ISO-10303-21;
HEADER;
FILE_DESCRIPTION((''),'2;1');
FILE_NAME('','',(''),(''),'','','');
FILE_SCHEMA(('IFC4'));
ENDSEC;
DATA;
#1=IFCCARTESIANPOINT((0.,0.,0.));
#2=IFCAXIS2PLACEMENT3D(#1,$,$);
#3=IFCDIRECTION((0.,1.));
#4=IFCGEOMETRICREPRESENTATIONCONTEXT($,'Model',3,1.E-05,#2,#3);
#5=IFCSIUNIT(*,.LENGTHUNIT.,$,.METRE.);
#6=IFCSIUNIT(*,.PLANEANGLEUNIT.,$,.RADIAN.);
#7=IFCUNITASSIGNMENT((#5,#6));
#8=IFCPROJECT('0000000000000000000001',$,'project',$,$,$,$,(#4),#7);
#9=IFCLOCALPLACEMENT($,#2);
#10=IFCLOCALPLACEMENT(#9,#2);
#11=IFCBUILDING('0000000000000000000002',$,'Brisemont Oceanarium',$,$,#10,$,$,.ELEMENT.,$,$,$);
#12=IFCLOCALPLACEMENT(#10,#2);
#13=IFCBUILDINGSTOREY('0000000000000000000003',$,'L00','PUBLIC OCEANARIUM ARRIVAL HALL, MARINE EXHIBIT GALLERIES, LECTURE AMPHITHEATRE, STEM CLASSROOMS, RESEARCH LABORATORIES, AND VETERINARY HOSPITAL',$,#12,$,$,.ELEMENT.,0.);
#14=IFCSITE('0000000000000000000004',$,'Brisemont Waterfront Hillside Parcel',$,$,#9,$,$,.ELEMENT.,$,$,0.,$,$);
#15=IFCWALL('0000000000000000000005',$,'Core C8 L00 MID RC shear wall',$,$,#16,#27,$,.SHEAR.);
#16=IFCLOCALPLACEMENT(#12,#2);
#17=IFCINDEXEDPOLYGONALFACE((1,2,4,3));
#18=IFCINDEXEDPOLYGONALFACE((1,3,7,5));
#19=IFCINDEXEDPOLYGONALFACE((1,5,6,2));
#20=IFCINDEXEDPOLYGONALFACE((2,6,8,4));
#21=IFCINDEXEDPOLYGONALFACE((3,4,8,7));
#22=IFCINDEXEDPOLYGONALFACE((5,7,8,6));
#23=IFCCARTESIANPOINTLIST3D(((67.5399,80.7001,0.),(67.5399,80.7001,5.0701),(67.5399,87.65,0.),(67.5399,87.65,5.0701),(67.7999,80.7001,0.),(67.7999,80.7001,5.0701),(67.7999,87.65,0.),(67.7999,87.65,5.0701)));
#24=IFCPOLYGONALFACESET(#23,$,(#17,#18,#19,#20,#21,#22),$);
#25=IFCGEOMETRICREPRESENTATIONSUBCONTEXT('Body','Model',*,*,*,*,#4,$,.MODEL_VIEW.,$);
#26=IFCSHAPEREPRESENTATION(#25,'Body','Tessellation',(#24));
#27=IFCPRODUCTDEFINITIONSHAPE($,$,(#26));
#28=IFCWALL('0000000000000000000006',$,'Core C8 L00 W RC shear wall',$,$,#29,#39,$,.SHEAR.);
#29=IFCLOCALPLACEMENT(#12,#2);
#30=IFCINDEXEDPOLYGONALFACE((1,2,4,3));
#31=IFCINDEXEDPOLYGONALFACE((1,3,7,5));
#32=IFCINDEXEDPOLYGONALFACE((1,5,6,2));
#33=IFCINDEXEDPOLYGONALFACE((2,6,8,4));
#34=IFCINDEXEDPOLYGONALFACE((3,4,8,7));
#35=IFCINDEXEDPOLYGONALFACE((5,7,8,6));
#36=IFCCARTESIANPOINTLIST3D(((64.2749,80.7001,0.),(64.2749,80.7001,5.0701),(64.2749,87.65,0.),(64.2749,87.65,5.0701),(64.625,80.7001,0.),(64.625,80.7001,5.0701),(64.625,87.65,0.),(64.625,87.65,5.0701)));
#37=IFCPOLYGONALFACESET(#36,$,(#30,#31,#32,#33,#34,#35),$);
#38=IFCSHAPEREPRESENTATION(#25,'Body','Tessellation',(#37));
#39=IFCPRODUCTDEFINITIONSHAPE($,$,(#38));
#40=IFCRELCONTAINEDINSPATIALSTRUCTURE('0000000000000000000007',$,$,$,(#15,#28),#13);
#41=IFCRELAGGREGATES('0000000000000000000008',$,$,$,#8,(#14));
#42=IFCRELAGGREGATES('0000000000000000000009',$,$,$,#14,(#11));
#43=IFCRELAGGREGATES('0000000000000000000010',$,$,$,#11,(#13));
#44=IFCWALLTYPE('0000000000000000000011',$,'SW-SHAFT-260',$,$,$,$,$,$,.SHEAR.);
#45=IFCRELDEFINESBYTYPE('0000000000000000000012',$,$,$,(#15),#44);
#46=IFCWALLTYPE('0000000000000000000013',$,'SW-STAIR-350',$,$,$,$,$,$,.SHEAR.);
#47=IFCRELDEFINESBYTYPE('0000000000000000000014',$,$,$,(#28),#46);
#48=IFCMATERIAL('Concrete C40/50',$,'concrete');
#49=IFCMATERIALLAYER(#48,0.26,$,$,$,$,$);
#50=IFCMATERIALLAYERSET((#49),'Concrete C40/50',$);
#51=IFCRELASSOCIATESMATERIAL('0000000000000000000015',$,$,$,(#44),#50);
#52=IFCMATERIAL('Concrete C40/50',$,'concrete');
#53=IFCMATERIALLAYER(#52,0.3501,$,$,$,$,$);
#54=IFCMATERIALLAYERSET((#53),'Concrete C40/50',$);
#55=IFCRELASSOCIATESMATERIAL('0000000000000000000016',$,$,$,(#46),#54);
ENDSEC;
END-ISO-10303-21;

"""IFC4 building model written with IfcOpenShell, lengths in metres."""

from ifc_helpers import new_model, si_unit, direction, frame, frame_2d, origin, place, context, subcontext, project, spatial, rectangle, extrude, material, layer, layer_set, type_object, element, save


model = new_model("IFC4")

# Units and contexts
model_context = context("Model", 3, precision=1e-05, world=origin(), true_north=direction((0.0, 1.0)))
body_context = subcontext(model_context, "Body", "Model", "MODEL_VIEW")
ifc_project = project(units=[si_unit("LENGTHUNIT", "METRE"), si_unit("PLANEANGLEUNIT", "RADIAN")], contexts=[model_context])

# Site, building, storey
site_placement = place(None, origin())
site = spatial("IfcSite", under=ifc_project, at=site_placement, Name="Brisemont Waterfront Hillside Parcel", CompositionType="ELEMENT", RefElevation=0.0)
building_placement = place(site_placement, origin())
building = spatial("IfcBuilding", under=site, at=building_placement, Name="Brisemont Oceanarium", CompositionType="ELEMENT")
storey_placement = place(building_placement, origin())
storey = spatial("IfcBuildingStorey", under=building, at=storey_placement, Name="L00", Description="PUBLIC OCEANARIUM ARRIVAL HALL, MARINE EXHIBIT GALLERIES, LECTURE AMPHITHEATRE, STEM CLASSROOMS, RESEARCH LABORATORIES, AND VETERINARY HOSPITAL", CompositionType="ELEMENT", Elevation=0.0)

# Walls
ifc_material_1 = material(Name="Concrete C40/50", Category="concrete")
ifc_layer_1 = layer(ifc_material_1, 0.26)
ifc_layer_set_1 = layer_set([ifc_layer_1], Name="Concrete C40/50")
wall_type_1 = type_object("IfcWallType", Name="SW-SHAFT-260", PredefinedType="SHEAR", material=ifc_layer_set_1)
for number, where, z_axis, x_axis, name in (
    (1, (67.6699, 80.7, 0.0), (0.0, 0.0, 1.0), (0.0, 1.0, 0.0), "Core C8 L00 MID RC shear wall"),
):
    element("IfcWall", number, at=place(storey_placement, frame(where, z_axis=z_axis, x_axis=x_axis)), inside=storey, type_object=wall_type_1, Name=name, PredefinedType="SHEAR", context=body_context, shape_type="SweptSolid", body=[
        extrude(rectangle(XDim=6.95, YDim=0.26, at=frame_2d((3.4751, 0.0))), origin(), (0.0, 0.0, 1.0), 5.0701),
    ])
ifc_material_2 = material(Name="Concrete C40/50", Category="concrete")
ifc_layer_2 = layer(ifc_material_2, 0.3501)
ifc_layer_set_2 = layer_set([ifc_layer_2], Name="Concrete C40/50")
wall_type_2 = type_object("IfcWallType", Name="SW-STAIR-350", PredefinedType="SHEAR", material=ifc_layer_set_2)
wall_placement = place(storey_placement, frame((64.45, 80.7, 0.0), z_axis=(0.0, 0.0, 1.0), x_axis=(0.0, 1.0, 0.0)))
element("IfcWall", 2, at=wall_placement, inside=storey, type_object=wall_type_2, Name="Core C8 L00 W RC shear wall", PredefinedType="SHEAR", context=body_context, shape_type="SweptSolid", body=[
    extrude(rectangle(XDim=6.95, YDim=0.3501, at=frame_2d((3.4751, 0.0))), origin(), (0.0, 0.0, 1.0), 5.0701),
])

save(model, "model.ifc")
